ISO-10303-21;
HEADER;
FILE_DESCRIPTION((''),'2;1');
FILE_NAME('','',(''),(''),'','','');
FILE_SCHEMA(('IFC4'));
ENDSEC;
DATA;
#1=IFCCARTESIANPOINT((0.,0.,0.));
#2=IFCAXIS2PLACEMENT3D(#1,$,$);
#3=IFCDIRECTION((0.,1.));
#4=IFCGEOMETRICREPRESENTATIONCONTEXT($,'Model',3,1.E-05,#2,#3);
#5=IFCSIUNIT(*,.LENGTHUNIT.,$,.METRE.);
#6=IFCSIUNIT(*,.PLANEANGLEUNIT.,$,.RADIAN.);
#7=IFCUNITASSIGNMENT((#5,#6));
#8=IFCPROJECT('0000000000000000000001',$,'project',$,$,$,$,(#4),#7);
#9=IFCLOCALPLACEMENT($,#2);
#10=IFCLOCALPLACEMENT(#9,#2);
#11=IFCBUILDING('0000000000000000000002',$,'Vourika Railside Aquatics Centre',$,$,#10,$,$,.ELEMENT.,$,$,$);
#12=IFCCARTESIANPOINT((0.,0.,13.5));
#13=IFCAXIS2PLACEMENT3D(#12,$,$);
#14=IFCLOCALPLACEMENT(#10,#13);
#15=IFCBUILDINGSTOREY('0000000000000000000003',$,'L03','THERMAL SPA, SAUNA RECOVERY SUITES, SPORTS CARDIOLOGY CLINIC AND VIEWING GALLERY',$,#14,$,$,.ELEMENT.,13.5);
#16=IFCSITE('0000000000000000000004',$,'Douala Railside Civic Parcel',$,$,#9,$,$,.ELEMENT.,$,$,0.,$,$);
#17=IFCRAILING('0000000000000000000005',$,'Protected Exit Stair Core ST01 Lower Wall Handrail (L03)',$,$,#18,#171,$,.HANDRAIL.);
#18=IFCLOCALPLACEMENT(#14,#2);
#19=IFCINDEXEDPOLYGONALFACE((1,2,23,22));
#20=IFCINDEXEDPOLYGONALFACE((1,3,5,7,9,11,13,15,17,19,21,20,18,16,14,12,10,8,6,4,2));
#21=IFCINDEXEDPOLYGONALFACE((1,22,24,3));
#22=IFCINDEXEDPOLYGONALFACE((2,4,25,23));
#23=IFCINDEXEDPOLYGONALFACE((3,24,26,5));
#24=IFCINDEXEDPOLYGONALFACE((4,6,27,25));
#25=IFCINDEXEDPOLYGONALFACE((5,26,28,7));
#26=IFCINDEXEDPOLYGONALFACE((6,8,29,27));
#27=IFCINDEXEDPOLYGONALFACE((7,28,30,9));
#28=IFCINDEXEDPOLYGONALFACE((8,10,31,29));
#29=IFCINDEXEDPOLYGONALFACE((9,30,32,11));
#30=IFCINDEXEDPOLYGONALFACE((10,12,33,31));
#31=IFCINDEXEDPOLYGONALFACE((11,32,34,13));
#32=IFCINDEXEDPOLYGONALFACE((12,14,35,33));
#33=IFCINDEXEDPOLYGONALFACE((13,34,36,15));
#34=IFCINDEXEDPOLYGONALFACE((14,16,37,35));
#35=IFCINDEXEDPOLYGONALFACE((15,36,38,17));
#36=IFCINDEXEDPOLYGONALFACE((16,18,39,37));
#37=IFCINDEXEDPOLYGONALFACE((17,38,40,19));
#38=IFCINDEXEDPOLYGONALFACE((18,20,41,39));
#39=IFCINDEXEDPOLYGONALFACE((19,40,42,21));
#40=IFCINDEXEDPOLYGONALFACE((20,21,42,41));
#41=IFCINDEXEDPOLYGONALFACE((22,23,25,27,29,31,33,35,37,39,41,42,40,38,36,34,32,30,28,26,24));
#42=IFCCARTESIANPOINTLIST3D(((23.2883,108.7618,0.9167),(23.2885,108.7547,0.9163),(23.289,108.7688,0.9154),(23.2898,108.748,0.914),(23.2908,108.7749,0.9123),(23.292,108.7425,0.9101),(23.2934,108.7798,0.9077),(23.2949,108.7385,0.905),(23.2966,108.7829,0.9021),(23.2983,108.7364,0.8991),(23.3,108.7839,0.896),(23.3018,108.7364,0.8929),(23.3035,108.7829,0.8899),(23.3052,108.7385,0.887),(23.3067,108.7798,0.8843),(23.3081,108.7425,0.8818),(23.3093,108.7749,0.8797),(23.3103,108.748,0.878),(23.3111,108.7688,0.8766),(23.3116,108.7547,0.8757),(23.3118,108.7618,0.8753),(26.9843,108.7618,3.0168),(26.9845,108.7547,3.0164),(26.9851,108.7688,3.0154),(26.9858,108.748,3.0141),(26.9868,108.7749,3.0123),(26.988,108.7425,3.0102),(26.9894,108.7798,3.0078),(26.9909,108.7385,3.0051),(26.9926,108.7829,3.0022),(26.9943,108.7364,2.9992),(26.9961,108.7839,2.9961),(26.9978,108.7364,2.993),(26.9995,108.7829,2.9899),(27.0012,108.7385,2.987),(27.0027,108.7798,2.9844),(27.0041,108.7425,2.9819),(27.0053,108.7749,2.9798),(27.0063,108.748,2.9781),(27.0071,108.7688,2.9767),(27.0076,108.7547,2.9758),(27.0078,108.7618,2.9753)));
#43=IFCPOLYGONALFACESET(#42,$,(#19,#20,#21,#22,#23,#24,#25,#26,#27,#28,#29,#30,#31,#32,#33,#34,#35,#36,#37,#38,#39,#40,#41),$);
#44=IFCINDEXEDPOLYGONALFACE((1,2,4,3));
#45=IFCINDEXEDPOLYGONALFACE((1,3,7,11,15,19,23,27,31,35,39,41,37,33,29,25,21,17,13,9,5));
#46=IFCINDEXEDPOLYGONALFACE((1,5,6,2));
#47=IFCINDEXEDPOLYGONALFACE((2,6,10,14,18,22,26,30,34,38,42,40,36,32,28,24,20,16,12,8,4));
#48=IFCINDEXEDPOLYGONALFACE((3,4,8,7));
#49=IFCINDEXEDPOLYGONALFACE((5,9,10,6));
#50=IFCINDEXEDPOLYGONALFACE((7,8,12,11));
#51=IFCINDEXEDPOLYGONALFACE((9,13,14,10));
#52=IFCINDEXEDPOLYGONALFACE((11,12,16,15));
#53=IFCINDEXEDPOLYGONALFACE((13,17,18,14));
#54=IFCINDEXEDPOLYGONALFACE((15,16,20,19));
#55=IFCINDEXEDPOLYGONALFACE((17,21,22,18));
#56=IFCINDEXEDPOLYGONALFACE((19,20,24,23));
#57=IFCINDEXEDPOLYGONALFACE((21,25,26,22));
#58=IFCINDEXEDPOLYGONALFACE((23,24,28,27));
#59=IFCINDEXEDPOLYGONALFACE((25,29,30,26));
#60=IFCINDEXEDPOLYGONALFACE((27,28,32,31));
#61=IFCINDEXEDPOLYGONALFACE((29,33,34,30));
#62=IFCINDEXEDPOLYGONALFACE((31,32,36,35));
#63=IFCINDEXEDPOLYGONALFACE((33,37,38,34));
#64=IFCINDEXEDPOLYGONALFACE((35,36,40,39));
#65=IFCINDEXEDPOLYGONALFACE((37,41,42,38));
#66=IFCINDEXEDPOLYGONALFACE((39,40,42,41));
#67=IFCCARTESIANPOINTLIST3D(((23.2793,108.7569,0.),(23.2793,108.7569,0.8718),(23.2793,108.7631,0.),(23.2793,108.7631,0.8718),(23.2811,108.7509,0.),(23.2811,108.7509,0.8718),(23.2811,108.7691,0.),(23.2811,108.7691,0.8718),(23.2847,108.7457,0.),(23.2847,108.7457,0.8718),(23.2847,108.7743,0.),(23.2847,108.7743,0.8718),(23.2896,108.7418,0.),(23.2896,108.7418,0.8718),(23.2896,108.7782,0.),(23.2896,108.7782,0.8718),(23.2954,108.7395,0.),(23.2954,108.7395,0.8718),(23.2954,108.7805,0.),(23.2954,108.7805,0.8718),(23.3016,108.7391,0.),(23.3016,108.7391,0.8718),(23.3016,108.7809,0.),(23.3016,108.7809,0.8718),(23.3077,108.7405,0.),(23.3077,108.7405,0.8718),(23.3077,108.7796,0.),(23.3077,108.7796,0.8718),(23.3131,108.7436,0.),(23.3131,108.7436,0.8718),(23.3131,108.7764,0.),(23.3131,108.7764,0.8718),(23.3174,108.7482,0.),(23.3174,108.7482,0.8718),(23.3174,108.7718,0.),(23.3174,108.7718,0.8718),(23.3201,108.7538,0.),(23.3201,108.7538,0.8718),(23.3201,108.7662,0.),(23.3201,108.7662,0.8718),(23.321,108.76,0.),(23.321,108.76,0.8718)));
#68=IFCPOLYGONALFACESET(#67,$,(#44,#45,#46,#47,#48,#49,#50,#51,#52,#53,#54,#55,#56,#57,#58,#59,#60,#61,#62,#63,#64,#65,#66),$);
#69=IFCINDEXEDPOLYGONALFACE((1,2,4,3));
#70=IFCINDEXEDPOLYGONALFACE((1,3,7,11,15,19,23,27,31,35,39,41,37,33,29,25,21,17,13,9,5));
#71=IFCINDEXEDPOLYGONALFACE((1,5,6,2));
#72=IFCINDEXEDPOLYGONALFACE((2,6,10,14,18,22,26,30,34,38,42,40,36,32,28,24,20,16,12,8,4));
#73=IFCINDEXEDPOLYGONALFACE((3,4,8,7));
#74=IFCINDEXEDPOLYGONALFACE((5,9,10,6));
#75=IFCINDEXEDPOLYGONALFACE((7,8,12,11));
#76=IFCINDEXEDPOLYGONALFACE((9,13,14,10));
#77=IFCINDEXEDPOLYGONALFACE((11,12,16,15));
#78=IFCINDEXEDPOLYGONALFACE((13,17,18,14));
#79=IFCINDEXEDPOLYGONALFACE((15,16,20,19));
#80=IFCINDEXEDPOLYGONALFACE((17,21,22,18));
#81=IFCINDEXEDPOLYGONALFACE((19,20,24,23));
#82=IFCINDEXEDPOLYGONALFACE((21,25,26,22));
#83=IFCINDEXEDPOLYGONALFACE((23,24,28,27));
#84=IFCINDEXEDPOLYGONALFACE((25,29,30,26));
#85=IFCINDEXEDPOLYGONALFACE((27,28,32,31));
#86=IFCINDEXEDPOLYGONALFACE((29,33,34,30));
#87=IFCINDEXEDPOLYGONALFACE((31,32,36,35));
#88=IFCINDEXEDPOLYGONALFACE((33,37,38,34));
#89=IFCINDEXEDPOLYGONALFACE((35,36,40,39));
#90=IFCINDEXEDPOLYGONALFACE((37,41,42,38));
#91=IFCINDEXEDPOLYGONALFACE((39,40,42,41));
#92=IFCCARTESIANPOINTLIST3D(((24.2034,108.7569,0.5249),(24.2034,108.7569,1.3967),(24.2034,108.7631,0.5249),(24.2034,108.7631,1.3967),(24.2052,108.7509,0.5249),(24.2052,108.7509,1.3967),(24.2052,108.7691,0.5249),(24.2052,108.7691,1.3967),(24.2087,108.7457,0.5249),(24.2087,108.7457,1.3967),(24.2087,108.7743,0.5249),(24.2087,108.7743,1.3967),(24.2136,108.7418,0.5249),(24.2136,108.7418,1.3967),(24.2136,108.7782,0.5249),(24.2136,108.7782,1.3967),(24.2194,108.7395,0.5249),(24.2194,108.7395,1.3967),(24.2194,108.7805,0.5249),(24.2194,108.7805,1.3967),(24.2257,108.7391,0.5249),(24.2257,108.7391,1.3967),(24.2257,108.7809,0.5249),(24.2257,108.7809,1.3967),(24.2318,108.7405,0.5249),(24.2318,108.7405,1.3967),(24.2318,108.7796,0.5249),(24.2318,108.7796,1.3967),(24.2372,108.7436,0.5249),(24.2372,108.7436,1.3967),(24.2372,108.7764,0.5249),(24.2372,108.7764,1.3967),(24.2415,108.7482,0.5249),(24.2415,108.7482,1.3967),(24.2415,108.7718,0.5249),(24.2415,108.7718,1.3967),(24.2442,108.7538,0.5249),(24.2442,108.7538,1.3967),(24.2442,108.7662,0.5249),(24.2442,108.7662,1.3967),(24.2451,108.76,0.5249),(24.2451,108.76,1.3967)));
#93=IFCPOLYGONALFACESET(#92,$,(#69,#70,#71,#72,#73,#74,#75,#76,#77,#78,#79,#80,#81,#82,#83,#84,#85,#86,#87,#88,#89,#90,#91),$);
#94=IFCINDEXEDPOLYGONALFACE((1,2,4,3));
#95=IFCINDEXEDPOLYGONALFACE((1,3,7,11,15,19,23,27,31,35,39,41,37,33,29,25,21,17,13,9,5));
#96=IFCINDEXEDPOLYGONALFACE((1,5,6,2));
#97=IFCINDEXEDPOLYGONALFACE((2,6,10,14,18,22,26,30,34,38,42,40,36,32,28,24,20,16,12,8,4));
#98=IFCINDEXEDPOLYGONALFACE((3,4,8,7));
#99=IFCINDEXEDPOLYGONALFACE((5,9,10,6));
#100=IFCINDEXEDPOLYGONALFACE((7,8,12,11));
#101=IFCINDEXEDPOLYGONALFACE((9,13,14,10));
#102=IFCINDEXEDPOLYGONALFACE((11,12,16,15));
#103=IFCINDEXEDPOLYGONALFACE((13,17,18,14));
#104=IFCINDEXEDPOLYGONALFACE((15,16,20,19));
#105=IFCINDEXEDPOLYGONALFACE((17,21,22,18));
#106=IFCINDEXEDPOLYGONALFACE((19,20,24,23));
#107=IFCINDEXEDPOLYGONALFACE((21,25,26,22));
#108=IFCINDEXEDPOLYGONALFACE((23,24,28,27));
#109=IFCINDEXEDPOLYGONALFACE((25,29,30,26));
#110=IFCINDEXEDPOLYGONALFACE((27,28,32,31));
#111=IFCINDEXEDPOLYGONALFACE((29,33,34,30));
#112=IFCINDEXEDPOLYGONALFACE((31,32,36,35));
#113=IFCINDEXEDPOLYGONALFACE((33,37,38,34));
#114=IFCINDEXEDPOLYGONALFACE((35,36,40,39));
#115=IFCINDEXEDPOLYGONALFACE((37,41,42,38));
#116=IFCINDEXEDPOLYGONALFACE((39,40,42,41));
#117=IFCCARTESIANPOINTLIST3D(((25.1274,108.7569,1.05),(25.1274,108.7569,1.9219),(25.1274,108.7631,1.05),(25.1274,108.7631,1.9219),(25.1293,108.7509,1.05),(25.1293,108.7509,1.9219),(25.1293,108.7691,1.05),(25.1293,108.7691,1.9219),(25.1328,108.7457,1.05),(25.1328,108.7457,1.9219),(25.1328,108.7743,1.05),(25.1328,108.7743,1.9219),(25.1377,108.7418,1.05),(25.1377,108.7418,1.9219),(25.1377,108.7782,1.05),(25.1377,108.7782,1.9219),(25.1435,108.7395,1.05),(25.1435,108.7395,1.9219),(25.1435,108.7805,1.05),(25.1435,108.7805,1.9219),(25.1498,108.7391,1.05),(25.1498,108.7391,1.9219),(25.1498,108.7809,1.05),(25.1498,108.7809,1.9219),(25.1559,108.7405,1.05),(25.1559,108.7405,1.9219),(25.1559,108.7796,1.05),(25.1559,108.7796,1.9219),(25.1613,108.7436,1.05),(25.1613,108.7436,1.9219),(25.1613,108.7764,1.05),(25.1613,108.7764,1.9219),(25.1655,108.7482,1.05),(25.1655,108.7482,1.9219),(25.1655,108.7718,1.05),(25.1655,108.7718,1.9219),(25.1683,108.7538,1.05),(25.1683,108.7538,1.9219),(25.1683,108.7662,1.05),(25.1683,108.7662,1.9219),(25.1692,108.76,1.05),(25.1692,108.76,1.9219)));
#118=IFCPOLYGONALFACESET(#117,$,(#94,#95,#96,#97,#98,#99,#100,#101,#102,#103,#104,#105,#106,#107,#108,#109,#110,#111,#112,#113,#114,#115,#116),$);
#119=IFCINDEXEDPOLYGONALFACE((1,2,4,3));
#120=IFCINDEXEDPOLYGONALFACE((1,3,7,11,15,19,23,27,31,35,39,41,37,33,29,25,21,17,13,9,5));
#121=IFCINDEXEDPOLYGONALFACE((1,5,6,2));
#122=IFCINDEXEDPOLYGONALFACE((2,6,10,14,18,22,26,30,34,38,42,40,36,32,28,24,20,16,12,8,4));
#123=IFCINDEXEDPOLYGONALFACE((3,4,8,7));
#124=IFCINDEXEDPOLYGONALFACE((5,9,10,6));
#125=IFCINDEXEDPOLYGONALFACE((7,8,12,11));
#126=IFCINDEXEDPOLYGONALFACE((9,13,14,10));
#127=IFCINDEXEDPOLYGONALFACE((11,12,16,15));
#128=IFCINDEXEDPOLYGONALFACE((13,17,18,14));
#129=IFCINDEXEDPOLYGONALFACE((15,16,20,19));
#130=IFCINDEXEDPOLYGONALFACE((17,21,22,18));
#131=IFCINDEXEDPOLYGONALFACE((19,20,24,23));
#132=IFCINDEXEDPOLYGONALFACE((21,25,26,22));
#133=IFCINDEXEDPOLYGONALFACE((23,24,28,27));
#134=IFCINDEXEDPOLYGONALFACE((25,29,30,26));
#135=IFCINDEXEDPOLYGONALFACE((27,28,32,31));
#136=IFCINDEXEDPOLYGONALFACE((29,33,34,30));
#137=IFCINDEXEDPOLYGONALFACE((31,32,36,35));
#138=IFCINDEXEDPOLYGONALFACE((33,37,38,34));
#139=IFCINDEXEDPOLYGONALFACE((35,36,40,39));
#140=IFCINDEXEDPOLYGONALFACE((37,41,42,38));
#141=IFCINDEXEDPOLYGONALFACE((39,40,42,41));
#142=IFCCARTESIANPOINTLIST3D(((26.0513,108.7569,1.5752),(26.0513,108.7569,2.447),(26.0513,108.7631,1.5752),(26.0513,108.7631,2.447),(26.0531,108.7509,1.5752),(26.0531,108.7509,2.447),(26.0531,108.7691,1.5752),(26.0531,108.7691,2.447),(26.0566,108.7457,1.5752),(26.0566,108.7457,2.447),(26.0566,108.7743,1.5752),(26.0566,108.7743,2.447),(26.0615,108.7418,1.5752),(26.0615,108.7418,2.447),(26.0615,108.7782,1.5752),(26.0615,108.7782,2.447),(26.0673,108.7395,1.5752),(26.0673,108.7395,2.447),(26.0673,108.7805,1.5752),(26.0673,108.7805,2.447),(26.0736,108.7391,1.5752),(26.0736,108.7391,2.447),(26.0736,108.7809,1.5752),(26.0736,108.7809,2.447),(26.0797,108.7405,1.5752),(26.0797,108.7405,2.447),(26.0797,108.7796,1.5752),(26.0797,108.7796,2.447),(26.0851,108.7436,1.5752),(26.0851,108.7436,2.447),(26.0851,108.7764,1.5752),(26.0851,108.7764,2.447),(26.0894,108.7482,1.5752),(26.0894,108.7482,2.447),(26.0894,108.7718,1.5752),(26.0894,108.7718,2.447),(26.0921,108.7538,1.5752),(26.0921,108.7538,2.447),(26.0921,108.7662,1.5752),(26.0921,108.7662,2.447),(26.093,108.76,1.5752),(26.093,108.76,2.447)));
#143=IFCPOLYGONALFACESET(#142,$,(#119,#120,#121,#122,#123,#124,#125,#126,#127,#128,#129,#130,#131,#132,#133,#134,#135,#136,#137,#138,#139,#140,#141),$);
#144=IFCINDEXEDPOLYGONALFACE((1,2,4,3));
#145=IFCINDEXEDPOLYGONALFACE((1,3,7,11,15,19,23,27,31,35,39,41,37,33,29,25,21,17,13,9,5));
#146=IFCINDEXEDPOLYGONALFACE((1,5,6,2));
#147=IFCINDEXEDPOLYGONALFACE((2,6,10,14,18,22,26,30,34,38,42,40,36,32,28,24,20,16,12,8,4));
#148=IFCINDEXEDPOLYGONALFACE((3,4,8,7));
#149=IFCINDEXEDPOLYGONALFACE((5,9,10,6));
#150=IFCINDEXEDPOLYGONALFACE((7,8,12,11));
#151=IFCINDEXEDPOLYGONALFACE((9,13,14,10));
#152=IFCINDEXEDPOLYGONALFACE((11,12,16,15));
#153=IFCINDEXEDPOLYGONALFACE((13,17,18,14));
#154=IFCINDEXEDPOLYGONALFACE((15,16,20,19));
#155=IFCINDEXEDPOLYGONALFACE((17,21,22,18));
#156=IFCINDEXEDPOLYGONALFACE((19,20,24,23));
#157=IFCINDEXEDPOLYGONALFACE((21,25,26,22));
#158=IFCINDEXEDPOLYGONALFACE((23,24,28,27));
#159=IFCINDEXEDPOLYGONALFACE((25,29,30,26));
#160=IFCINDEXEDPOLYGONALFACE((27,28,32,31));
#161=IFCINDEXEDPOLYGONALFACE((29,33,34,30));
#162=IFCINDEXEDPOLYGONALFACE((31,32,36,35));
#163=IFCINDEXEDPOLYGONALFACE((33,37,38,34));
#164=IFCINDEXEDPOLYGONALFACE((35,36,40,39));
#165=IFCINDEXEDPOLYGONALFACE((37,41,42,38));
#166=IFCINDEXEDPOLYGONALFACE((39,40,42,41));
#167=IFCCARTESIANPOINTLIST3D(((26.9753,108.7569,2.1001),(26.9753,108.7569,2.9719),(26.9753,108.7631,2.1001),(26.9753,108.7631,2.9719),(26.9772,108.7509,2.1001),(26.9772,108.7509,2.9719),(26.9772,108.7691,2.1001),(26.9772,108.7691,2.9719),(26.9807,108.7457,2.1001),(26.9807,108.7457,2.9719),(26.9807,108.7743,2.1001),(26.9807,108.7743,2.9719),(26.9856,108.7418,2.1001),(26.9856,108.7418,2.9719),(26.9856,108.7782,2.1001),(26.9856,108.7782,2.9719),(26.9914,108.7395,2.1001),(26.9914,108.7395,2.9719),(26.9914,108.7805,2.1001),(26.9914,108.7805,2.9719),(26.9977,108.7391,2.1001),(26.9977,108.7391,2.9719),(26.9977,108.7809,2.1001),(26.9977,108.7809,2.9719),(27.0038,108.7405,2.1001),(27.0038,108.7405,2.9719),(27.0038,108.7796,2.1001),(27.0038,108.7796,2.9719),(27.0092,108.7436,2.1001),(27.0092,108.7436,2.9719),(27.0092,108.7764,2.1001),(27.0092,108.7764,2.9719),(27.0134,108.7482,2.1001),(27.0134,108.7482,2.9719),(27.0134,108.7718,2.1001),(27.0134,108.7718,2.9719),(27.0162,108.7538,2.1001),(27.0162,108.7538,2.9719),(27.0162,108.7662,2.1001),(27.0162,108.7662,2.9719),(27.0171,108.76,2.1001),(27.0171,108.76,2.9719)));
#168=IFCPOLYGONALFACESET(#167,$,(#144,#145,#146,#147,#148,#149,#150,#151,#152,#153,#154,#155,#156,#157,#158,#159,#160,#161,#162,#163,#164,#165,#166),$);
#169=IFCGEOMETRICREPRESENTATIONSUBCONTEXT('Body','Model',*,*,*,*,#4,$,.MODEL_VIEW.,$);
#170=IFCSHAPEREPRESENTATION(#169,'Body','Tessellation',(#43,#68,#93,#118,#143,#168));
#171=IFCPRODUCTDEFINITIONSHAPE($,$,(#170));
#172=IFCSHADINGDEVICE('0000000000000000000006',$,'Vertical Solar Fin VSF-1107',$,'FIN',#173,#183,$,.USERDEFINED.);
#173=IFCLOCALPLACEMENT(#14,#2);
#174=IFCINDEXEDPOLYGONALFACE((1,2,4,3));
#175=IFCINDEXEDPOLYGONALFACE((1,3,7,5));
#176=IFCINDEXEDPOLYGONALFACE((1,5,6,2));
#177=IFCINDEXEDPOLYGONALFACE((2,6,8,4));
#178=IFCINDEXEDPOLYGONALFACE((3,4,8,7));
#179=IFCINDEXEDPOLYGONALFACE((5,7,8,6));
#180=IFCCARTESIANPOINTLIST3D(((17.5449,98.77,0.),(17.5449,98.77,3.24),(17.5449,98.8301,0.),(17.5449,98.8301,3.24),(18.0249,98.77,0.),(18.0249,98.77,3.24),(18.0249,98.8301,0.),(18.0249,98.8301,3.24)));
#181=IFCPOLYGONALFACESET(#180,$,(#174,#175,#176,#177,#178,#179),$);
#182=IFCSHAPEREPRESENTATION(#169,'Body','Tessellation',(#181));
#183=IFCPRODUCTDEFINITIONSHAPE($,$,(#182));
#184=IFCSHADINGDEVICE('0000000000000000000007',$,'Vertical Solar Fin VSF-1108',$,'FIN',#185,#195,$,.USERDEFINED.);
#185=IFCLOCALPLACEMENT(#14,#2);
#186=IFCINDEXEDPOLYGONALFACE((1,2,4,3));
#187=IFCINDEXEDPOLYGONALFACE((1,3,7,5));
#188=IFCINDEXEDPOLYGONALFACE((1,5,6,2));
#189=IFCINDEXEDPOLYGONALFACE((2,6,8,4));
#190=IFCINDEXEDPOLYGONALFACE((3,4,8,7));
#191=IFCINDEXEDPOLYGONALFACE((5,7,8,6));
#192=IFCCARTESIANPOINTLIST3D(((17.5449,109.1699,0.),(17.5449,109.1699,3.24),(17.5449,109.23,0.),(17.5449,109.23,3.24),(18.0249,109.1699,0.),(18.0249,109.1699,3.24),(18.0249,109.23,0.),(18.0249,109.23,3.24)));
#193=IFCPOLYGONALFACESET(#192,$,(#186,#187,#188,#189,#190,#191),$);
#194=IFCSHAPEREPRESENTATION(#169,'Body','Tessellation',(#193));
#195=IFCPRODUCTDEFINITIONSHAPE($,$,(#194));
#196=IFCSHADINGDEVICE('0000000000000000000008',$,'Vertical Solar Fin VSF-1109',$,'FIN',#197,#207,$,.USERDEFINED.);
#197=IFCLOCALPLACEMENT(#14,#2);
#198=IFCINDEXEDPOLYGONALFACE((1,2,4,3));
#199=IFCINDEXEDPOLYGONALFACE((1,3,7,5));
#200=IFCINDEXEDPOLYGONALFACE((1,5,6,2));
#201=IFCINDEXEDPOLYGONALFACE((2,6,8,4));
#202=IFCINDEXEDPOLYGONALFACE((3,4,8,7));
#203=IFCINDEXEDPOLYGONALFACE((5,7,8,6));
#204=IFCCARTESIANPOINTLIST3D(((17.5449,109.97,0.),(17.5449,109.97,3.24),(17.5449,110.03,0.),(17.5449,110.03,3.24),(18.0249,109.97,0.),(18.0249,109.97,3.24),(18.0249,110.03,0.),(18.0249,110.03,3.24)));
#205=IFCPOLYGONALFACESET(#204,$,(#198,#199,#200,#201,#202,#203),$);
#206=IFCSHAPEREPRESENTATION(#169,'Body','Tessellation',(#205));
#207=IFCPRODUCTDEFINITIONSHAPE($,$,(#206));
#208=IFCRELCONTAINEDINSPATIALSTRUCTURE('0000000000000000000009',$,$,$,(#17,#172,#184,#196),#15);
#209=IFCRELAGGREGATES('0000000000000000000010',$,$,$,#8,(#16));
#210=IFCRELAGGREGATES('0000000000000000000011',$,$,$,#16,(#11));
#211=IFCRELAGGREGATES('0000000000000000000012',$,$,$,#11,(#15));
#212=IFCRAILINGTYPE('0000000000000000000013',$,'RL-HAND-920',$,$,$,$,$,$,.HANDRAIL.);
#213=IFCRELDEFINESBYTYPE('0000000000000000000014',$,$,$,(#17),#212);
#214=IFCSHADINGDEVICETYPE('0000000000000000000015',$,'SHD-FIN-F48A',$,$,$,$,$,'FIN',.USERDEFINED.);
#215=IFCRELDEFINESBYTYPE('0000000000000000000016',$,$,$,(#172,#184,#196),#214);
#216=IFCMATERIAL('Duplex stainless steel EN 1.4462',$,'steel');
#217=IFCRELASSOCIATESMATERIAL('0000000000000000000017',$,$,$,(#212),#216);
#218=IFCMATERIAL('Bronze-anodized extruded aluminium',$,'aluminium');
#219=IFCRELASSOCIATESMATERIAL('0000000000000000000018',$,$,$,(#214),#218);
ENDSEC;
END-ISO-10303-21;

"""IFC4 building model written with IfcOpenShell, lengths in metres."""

from ifc_helpers import new_model, si_unit, direction, frame, origin, origin_2d, place, context, subcontext, project, spatial, rectangle, circle, extrude, material, material_profile, profile_set, type_object, element, save


model = new_model("IFC4")

# Units and contexts
model_context = context("Model", 3, precision=1e-05, world=origin(), true_north=direction((0.0, 1.0)))
body_context = subcontext(model_context, "Body", "Model", "MODEL_VIEW")
ifc_project = project(units=[si_unit("LENGTHUNIT", "METRE"), si_unit("PLANEANGLEUNIT", "RADIAN")], contexts=[model_context])

# Site, building, storey
site_placement = place(None, origin())
site = spatial("IfcSite", under=ifc_project, at=site_placement, Name="Douala Railside Civic Parcel", CompositionType="ELEMENT", RefElevation=0.0)
building_placement = place(site_placement, origin())
building = spatial("IfcBuilding", under=site, at=building_placement, Name="Vourika Railside Aquatics Centre", CompositionType="ELEMENT")
storey_placement = place(building_placement, frame((0.0, 0.0, 13.5)))
storey = spatial("IfcBuildingStorey", under=building, at=storey_placement, Name="L03", Description="THERMAL SPA, SAUNA RECOVERY SUITES, SPORTS CARDIOLOGY CLINIC AND VIEWING GALLERY", CompositionType="ELEMENT", Elevation=13.5)

# Railing
ifc_material_1 = material(Name="Duplex stainless steel EN 1.4462", Category="steel")
railing_type = type_object("IfcRailingType", Name="RL-HAND-920", PredefinedType="HANDRAIL", material=ifc_material_1)
railing_placement = place(storey_placement, frame((23.3, 108.76, 0.0)))
element("IfcRailing", 1, at=railing_placement, inside=storey, type_object=railing_type, Name="Protected Exit Stair Core ST01 Lower Wall Handrail (L03)", PredefinedType="HANDRAIL", context=body_context, shape_type="SweptSolid", body=[
    extrude(circle(Radius=0.0239, at=origin_2d()), frame((0.0, 0.0, 0.896), z_axis=(0.869449, 0.0, 0.494022), x_axis=(0.0, 1.0, 0.0)), (0.0, 0.0, 1.0), 4.251),
    extrude(circle(Radius=0.021, at=origin_2d()), origin(), (0.0, 0.0, 1.0), 0.8718),
    extrude(circle(Radius=0.021, at=origin_2d()), frame((0.9241, 0.0, 0.5249)), (0.0, 0.0, 1.0), 0.8718),
    extrude(circle(Radius=0.021, at=origin_2d()), frame((1.8481, 0.0, 1.05)), (0.0, 0.0, 1.0), 0.8718),
    extrude(circle(Radius=0.021, at=origin_2d()), frame((2.772, 0.0, 1.5752)), (0.0, 0.0, 1.0), 0.8718),
    extrude(circle(Radius=0.021, at=origin_2d()), frame((3.696, 0.0, 2.1001)), (0.0, 0.0, 1.0), 0.8718),
])

# Shading devices
ifc_material_2 = material(Name="Bronze-anodized extruded aluminium", Category="aluminium")
ifc_material_profile_1 = material_profile(ifc_material_2, rectangle(XDim=0.0601, YDim=0.48, at=origin_2d()), Name="ALU-FIN 60x480")
ifc_profile_set_1 = profile_set([ifc_material_profile_1], Name="Bronze-anodized extruded aluminium")
shading_device_type = type_object("IfcShadingDeviceType", Name="SHD-FIN-F48A", ElementType="FIN", PredefinedType="USERDEFINED", material=ifc_profile_set_1)
for number, where, z_axis, x_axis, name in (
    (2, (17.7849, 98.8, 0.0), (0.0, 0.0, 1.0), (0.0, 1.0, 0.0), "Vertical Solar Fin VSF-1107"),
    (3, (17.7849, 109.2, 0.0), (0.0, 0.0, 1.0), (0.0, 1.0, 0.0), "Vertical Solar Fin VSF-1108"),
    (4, (17.7849, 110.0, 0.0), (0.0, 0.0, 1.0), (0.0, 1.0, 0.0), "Vertical Solar Fin VSF-1109"),
):
    element("IfcShadingDevice", number, at=place(storey_placement, frame(where, z_axis=z_axis, x_axis=x_axis)), inside=storey, type_object=shading_device_type, Name=name, ObjectType="FIN", PredefinedType="USERDEFINED", context=body_context, shape_type="SweptSolid", body=[
        extrude(rectangle(XDim=0.0601, YDim=0.48, at=origin_2d()), origin(), (0.0, 0.0, 1.0), 3.24),
    ])

save(model, "model.ifc")
